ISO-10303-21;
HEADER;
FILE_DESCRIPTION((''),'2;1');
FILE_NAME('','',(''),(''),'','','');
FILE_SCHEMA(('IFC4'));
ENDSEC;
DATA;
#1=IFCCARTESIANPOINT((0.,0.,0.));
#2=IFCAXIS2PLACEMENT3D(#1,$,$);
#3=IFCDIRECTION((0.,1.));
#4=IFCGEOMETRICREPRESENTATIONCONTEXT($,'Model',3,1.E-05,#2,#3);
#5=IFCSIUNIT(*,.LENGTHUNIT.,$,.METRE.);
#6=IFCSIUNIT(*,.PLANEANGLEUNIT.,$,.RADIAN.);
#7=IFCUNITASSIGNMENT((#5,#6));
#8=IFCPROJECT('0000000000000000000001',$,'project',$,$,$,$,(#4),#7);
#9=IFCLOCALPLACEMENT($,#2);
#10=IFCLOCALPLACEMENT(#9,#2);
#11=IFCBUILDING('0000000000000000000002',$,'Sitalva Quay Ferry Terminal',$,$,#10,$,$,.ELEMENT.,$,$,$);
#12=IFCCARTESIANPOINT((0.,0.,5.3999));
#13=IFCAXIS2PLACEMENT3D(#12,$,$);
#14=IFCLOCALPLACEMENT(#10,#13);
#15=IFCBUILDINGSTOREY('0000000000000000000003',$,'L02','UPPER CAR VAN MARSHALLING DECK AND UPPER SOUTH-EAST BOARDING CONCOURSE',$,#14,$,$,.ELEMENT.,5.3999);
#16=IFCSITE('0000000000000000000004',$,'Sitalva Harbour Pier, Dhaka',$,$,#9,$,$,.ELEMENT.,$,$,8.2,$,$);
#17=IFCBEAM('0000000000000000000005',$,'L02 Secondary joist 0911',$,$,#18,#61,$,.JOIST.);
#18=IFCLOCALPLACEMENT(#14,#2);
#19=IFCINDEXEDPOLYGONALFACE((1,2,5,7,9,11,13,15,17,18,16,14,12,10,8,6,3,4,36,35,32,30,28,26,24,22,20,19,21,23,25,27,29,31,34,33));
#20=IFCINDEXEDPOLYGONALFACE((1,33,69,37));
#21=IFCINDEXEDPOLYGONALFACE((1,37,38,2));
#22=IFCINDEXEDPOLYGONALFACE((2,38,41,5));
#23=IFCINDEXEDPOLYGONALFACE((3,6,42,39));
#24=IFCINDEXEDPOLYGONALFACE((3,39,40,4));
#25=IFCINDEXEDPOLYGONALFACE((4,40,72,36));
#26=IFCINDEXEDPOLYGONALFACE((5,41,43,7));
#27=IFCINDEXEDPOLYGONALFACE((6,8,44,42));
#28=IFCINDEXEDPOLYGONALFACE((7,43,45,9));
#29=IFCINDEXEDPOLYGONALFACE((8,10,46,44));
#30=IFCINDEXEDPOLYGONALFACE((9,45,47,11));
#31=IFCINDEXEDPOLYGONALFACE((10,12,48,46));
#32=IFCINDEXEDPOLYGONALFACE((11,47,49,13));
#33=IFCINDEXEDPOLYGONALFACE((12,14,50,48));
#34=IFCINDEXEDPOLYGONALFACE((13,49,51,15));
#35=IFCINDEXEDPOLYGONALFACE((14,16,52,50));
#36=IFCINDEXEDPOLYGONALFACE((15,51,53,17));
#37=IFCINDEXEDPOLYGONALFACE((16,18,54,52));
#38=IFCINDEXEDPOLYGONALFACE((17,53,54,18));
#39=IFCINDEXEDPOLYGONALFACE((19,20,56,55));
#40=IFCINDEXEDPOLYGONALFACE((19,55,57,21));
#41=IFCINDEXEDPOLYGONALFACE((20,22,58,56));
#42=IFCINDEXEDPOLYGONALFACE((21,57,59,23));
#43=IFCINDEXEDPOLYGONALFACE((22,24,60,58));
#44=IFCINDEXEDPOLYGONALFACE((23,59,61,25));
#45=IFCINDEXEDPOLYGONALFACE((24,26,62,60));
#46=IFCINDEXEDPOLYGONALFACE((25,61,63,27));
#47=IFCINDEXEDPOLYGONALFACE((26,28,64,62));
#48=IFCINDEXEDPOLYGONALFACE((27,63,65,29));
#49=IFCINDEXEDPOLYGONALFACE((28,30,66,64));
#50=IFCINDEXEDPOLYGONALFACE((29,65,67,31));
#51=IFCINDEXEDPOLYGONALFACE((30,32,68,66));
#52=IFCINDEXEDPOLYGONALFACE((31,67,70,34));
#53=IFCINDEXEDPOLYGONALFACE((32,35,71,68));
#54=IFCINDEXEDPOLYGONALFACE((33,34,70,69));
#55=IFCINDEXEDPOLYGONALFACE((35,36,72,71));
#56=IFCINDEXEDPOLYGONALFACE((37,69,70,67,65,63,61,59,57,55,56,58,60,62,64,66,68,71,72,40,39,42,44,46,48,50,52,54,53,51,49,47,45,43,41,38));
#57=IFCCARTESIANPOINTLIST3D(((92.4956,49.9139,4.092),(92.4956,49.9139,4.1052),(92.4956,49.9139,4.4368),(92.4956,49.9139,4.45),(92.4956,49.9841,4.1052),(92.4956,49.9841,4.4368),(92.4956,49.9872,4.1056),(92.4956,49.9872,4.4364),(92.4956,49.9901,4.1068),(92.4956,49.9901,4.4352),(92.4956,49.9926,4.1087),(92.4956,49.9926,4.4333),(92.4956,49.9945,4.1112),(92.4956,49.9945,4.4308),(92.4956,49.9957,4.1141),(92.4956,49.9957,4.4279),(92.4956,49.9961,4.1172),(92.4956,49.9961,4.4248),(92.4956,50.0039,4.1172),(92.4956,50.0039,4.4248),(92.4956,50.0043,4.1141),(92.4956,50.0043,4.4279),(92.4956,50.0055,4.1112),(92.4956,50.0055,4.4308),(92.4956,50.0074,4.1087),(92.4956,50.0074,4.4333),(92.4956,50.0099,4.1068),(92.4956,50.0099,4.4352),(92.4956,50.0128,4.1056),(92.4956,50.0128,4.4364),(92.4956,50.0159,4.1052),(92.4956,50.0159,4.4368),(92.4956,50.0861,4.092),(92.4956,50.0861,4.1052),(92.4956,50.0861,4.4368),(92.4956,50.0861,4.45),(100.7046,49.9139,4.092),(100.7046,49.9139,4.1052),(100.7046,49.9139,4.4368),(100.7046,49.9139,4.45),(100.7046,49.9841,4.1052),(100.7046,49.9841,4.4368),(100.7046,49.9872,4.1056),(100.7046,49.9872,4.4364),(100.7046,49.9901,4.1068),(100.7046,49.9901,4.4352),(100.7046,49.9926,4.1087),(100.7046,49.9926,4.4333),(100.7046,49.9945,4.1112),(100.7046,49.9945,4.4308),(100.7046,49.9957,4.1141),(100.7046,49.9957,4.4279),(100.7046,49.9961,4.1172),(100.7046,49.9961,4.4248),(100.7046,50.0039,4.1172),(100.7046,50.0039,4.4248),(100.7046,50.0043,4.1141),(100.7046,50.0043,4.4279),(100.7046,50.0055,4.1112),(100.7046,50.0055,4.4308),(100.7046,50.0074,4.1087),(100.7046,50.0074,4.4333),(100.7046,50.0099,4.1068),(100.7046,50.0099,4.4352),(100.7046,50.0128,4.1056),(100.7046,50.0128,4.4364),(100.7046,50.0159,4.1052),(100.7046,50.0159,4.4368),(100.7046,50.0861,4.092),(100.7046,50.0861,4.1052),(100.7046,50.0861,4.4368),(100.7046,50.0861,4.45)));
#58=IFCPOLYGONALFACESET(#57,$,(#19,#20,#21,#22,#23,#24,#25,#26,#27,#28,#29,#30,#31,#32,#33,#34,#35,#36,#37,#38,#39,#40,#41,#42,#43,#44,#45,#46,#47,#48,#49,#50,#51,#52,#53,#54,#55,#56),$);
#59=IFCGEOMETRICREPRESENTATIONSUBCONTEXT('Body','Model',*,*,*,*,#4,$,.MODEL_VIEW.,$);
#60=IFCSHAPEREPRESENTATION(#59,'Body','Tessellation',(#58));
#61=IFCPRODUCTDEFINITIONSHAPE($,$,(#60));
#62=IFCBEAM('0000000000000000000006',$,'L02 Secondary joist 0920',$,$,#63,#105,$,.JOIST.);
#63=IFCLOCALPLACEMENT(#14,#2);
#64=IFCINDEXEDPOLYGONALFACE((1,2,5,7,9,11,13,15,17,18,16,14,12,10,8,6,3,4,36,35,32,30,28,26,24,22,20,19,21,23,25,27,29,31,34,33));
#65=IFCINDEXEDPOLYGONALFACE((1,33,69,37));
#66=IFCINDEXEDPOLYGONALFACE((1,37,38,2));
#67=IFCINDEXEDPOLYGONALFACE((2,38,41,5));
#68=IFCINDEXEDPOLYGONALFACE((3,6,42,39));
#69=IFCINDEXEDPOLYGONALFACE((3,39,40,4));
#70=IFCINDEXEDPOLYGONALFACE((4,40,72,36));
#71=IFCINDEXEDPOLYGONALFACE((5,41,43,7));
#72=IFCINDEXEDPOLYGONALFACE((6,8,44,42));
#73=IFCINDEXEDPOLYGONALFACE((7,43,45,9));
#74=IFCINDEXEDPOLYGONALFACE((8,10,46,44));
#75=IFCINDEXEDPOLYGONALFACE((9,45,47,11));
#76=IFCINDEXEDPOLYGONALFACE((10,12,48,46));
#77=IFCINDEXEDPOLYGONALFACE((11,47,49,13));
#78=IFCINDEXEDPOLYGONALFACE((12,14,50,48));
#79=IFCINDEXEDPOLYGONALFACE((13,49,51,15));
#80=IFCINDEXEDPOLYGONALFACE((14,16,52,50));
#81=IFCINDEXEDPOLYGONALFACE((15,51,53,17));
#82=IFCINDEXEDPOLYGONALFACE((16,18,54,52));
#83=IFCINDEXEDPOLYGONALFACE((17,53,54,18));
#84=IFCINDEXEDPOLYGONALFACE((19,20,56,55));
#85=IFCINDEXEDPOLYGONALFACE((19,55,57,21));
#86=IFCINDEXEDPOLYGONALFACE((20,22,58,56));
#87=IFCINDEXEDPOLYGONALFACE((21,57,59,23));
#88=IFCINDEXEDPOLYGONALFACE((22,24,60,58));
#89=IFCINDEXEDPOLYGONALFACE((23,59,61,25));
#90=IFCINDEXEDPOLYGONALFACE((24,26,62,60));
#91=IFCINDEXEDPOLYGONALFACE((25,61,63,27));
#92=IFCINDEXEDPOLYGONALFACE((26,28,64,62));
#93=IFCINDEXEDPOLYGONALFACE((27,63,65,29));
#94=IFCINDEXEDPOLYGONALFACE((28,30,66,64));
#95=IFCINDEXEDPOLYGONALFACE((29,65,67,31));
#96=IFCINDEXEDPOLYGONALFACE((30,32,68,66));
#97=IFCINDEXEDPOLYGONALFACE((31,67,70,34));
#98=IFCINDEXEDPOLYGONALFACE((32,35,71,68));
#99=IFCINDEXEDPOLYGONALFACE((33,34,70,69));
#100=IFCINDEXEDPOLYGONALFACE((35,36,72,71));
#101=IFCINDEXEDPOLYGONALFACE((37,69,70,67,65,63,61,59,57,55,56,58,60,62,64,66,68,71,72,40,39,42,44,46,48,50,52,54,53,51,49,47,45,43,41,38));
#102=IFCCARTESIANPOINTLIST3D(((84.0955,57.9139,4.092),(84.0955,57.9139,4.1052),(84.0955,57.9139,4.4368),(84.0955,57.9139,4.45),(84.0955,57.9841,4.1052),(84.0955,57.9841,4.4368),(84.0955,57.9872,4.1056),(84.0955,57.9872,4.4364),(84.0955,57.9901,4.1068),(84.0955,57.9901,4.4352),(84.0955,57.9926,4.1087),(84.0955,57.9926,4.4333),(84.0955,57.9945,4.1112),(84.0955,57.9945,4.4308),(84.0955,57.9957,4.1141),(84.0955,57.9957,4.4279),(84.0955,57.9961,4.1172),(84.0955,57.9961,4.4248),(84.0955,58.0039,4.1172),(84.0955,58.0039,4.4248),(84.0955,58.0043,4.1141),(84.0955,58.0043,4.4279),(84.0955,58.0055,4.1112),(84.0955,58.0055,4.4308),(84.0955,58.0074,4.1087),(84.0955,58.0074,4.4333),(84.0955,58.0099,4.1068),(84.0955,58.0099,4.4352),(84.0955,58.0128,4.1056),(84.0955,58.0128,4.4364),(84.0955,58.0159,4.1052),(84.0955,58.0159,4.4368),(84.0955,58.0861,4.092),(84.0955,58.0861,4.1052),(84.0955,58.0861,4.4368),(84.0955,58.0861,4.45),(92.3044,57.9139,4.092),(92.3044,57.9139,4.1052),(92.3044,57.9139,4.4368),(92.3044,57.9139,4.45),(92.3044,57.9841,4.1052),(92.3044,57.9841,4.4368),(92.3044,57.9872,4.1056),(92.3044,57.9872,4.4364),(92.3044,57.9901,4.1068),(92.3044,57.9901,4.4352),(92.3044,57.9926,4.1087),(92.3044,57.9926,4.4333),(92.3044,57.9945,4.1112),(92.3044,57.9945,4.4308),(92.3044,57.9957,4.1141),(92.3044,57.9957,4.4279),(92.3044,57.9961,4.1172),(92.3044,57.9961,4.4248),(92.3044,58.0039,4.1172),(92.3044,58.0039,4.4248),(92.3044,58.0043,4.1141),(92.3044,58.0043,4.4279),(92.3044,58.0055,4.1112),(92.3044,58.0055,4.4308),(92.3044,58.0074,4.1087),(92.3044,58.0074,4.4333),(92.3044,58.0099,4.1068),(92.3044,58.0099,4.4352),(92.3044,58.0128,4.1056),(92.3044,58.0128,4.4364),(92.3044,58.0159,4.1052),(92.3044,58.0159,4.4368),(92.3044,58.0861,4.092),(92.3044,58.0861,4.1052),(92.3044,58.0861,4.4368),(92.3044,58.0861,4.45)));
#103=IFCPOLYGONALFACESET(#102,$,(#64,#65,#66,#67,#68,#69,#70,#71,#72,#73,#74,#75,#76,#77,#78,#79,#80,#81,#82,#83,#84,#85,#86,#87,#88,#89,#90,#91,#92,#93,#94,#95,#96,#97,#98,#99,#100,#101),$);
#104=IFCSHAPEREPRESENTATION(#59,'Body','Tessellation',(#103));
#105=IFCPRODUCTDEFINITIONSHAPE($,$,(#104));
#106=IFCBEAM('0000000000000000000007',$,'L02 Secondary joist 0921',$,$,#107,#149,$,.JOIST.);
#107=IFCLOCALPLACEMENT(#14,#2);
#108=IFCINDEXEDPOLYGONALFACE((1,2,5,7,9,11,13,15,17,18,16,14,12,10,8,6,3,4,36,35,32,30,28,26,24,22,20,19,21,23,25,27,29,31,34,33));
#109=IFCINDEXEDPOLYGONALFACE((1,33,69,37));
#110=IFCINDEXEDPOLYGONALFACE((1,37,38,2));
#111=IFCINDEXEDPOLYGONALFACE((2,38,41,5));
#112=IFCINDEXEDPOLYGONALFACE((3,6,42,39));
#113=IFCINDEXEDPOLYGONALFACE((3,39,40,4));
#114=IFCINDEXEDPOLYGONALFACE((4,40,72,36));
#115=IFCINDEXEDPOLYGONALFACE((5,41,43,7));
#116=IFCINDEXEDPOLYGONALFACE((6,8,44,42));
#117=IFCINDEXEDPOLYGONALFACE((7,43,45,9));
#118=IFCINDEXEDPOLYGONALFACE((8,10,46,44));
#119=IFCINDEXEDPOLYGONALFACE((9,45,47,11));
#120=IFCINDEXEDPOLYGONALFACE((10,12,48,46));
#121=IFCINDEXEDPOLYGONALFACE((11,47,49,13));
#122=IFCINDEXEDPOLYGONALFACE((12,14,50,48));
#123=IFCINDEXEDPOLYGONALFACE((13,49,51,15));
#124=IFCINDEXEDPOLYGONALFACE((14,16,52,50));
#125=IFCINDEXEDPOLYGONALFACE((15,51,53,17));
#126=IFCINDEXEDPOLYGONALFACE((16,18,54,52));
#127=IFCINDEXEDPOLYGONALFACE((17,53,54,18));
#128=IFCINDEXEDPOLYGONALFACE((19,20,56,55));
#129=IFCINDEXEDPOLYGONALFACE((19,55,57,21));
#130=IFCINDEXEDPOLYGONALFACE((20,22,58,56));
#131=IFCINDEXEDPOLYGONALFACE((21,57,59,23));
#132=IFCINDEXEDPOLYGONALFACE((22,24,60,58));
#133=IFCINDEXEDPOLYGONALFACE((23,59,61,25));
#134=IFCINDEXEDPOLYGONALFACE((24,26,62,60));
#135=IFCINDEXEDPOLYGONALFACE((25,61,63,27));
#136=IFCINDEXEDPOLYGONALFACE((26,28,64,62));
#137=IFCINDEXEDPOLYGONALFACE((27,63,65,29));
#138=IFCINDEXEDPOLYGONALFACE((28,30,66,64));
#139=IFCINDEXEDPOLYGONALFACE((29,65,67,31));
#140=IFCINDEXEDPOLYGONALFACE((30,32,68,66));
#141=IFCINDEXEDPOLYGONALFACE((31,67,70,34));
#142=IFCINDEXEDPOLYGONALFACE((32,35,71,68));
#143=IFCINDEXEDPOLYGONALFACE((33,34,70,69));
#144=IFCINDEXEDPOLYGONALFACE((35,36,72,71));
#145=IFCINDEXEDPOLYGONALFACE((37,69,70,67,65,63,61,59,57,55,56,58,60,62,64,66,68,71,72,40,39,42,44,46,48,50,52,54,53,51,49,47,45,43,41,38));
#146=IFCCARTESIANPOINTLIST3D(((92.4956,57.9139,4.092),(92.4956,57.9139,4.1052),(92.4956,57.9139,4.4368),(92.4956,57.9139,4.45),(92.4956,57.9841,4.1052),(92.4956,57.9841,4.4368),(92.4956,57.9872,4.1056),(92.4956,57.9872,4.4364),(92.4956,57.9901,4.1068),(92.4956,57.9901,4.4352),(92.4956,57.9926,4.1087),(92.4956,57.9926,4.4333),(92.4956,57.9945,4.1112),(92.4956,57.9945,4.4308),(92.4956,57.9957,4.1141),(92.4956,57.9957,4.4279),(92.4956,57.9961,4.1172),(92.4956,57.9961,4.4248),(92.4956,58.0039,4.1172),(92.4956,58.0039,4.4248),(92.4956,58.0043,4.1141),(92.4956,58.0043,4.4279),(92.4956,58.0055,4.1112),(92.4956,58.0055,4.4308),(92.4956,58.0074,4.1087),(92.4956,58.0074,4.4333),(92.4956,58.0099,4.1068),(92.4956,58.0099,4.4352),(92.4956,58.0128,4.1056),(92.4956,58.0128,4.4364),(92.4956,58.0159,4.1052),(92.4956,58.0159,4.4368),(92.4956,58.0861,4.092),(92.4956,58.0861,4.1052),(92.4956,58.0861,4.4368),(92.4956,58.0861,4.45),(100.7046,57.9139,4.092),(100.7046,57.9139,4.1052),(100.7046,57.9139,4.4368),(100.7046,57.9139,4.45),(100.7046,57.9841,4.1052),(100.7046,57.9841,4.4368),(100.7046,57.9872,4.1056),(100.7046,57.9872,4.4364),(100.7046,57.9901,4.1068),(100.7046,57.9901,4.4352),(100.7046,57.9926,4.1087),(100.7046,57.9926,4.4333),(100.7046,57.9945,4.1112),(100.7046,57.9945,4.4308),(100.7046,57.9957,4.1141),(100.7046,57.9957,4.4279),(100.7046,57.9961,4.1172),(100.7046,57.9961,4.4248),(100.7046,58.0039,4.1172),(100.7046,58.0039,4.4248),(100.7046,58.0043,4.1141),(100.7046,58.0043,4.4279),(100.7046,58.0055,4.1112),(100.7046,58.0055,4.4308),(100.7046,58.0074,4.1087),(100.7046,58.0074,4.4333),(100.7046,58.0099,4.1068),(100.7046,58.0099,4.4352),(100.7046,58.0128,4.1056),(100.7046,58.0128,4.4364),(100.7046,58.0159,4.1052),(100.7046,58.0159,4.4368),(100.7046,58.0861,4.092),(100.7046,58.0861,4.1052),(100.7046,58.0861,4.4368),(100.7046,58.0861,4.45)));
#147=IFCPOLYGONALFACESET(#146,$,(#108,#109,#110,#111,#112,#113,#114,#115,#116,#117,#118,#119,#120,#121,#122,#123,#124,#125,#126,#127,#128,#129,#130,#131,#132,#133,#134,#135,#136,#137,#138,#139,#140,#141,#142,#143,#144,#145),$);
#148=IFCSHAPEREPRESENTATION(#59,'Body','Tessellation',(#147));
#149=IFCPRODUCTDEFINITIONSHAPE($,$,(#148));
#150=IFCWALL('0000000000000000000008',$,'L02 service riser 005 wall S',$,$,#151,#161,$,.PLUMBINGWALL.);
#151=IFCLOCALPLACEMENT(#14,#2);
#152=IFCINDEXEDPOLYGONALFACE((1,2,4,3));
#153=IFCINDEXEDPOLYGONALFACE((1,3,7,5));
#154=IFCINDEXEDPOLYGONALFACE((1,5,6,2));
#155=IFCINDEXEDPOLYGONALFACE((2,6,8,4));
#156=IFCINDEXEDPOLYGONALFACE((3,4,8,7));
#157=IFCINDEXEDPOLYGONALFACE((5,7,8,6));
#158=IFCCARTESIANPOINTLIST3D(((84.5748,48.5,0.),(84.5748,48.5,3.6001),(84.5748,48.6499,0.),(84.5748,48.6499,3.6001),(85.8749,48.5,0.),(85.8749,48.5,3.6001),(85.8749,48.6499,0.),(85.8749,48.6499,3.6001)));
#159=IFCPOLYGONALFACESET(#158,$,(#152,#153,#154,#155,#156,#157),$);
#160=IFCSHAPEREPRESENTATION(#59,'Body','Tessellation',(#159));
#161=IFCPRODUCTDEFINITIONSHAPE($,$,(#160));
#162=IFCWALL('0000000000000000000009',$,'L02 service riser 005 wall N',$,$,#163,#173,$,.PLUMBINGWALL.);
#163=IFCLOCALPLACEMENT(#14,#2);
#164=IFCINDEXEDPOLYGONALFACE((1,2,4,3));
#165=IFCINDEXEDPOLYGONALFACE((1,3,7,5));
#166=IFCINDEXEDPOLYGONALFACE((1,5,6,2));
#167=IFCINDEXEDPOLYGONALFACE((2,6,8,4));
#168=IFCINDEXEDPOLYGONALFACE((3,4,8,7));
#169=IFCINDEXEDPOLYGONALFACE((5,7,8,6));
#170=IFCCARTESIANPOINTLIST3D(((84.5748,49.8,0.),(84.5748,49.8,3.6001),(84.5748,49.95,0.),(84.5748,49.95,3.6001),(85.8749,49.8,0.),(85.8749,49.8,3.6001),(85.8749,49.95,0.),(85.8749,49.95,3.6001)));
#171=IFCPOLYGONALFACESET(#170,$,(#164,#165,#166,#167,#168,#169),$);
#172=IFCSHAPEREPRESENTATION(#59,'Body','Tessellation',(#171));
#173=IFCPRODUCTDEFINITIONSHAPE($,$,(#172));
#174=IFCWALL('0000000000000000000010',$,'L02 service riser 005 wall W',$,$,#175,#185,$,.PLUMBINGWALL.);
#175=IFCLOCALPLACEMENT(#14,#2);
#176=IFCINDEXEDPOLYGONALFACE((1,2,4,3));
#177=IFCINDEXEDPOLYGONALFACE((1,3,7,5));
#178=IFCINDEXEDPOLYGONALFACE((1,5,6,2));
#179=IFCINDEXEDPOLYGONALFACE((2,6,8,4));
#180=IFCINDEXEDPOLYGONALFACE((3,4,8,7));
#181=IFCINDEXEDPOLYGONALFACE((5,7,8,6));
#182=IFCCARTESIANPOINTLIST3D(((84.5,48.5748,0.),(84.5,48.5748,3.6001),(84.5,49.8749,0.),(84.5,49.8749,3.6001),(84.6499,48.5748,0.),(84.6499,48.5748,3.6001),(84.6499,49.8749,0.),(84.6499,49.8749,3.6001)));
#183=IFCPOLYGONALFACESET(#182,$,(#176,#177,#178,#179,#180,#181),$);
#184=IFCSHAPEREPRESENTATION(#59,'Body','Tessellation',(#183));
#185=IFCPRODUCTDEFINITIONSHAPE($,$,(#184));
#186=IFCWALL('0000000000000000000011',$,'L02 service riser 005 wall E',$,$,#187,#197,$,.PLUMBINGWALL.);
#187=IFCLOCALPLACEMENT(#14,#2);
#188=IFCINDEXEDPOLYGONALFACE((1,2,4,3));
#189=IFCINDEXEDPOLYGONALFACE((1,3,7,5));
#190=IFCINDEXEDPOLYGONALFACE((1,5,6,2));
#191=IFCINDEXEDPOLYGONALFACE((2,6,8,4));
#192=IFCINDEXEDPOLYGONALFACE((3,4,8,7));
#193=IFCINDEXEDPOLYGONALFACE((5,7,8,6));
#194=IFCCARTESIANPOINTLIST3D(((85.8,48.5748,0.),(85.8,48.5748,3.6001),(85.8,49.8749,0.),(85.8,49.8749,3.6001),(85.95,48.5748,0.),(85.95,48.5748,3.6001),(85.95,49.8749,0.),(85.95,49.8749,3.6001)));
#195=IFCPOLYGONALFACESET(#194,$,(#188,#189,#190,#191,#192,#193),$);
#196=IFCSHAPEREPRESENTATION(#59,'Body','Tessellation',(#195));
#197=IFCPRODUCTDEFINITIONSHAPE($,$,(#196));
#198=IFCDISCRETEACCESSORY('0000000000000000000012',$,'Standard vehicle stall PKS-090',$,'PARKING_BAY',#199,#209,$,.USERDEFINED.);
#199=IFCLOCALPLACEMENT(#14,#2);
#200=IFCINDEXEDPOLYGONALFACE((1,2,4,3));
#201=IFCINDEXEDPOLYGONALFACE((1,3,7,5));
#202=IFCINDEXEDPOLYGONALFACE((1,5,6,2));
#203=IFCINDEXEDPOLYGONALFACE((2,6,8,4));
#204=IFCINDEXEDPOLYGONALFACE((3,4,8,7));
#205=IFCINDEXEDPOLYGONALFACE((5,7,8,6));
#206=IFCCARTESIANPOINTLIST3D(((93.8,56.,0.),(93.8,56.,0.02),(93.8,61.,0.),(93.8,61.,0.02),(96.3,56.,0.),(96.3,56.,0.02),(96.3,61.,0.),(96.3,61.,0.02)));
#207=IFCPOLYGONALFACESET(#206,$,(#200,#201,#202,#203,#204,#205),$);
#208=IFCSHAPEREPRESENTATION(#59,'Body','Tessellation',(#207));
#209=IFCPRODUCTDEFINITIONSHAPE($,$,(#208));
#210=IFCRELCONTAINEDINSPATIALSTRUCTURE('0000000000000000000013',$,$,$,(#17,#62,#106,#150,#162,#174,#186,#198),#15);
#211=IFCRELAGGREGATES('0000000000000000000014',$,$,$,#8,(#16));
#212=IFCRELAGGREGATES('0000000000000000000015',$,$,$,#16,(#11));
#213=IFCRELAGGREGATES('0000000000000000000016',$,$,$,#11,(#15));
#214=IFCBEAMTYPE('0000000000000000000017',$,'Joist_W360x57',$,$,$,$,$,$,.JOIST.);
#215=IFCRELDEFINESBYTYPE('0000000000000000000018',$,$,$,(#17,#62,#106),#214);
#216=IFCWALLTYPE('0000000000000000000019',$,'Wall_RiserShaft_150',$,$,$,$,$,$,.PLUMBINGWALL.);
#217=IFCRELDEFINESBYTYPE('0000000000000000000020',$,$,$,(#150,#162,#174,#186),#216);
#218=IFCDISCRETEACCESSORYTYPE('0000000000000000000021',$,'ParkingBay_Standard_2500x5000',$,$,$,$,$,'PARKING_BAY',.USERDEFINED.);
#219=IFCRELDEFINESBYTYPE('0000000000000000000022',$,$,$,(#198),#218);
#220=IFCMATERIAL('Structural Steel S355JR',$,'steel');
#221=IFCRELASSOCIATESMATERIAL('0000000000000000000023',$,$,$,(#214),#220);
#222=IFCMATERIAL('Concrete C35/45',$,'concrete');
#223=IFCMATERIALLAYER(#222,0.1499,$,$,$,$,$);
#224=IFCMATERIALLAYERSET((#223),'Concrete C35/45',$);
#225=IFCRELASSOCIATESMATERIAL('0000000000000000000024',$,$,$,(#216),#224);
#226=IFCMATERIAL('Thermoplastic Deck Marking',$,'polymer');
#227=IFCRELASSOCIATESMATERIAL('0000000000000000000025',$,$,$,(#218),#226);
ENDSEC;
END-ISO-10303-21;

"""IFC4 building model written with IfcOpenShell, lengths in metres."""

from ifc_helpers import new_model, si_unit, direction, frame, frame_2d, origin, origin_2d, place, context, subcontext, project, spatial, rectangle, i_section, extrude, material, layer, layer_set, material_profile, profile_set, type_object, element, save


model = new_model("IFC4")

# Units and contexts
model_context = context("Model", 3, precision=1e-05, world=origin(), true_north=direction((0.0, 1.0)))
body_context = subcontext(model_context, "Body", "Model", "MODEL_VIEW")
ifc_project = project(units=[si_unit("LENGTHUNIT", "METRE"), si_unit("PLANEANGLEUNIT", "RADIAN")], contexts=[model_context])

# Site, building, storey
site_placement = place(None, origin())
site = spatial("IfcSite", under=ifc_project, at=site_placement, Name="Sitalva Harbour Pier, Dhaka", CompositionType="ELEMENT", RefElevation=8.2)
building_placement = place(site_placement, origin())
building = spatial("IfcBuilding", under=site, at=building_placement, Name="Sitalva Quay Ferry Terminal", CompositionType="ELEMENT")
storey_placement = place(building_placement, frame((0.0, 0.0, 5.3999)))
storey = spatial("IfcBuildingStorey", under=building, at=storey_placement, Name="L02", Description="UPPER CAR VAN MARSHALLING DECK AND UPPER SOUTH-EAST BOARDING CONCOURSE", CompositionType="ELEMENT", Elevation=5.3999)

# Beams
ifc_material_1 = material(Name="Structural Steel S355JR", Category="steel")
ifc_material_profile_1 = material_profile(ifc_material_1, i_section(OverallWidth=0.1721, OverallDepth=0.3579, WebThickness=0.0078, FlangeThickness=0.0132, FilletRadius=0.012, at=origin_2d()), Name="W360x57")
ifc_profile_set_1 = profile_set([ifc_material_profile_1], Name="Structural Steel S355JR")
beam_type_1 = type_object("IfcBeamType", Name="Joist_W360x57", PredefinedType="JOIST", material=ifc_profile_set_1)
for number, where, z_axis, x_axis, name in (
    (1, (92.4956, 50.0, 4.271), (1.0, 0.0, 0.0), (0.0, 1.0, 0.0), "L02 Secondary joist 0911"),
    (2, (84.0955, 58.0, 4.271), (1.0, 0.0, 0.0), (0.0, 1.0, 0.0), "L02 Secondary joist 0920"),
    (3, (92.4956, 58.0, 4.271), (1.0, 0.0, 0.0), (0.0, 1.0, 0.0), "L02 Secondary joist 0921"),
):
    element("IfcBeam", number, at=place(storey_placement, frame(where, z_axis=z_axis, x_axis=x_axis)), inside=storey, type_object=beam_type_1, Name=name, PredefinedType="JOIST", context=body_context, shape_type="SweptSolid", body=[
        extrude(i_section(OverallWidth=0.1721, OverallDepth=0.3579, WebThickness=0.0078, FlangeThickness=0.0132, FilletRadius=0.012, at=origin_2d()), origin(), (0.0, 0.0, 1.0), 8.209),
    ])

# Walls
ifc_material_2 = material(Name="Concrete C35/45", Category="concrete")
ifc_layer = layer(ifc_material_2, 0.1499)
ifc_layer_set = layer_set([ifc_layer], Name="Concrete C35/45")
wall_type = type_object("IfcWallType", Name="Wall_RiserShaft_150", PredefinedType="PLUMBINGWALL", material=ifc_layer_set)
for number, where, z_axis, x_axis, name in (
    (4, (84.575, 48.575, 0.0), (0.0, 0.0, 1.0), (1.0, 0.0, 0.0), "L02 service riser 005 wall S"),
    (5, (84.575, 49.875, 0.0), (0.0, 0.0, 1.0), (1.0, 0.0, 0.0), "L02 service riser 005 wall N"),
    (6, (84.575, 48.575, 0.0), (0.0, 0.0, 1.0), (0.0, 1.0, 0.0), "L02 service riser 005 wall W"),
    (7, (85.875, 48.575, 0.0), (0.0, 0.0, 1.0), (0.0, 1.0, 0.0), "L02 service riser 005 wall E"),
):
    element("IfcWall", number, at=place(storey_placement, frame(where, z_axis=z_axis, x_axis=x_axis)), inside=storey, type_object=wall_type, Name=name, PredefinedType="PLUMBINGWALL", context=body_context, shape_type="SweptSolid", body=[
        extrude(rectangle(XDim=1.3, YDim=0.1499, at=frame_2d((0.6499, 0.0))), origin(), (0.0, 0.0, 1.0), 3.6001),
    ])

# Discrete accessory
ifc_material_3 = material(Name="Thermoplastic Deck Marking", Category="polymer")
discrete_accessory_type = type_object("IfcDiscreteAccessoryType", Name="ParkingBay_Standard_2500x5000", ElementType="PARKING_BAY", PredefinedType="USERDEFINED", material=ifc_material_3)
for number, where, z_axis, x_axis, name in (
    (8, (95.05, 58.5, 0.0), (0.0, 0.0, 1.0), (1.0, 0.0, 0.0), "Standard vehicle stall PKS-090"),
):
    element("IfcDiscreteAccessory", number, at=place(storey_placement, frame(where, z_axis=z_axis, x_axis=x_axis)), inside=storey, type_object=discrete_accessory_type, Name=name, ObjectType="PARKING_BAY", PredefinedType="USERDEFINED", context=body_context, shape_type="SweptSolid", body=[
        extrude(rectangle(XDim=2.5, YDim=5.0, at=origin_2d()), origin(), (0.0, 0.0, 1.0), 0.02),
    ])

save(model, "model.ifc")
